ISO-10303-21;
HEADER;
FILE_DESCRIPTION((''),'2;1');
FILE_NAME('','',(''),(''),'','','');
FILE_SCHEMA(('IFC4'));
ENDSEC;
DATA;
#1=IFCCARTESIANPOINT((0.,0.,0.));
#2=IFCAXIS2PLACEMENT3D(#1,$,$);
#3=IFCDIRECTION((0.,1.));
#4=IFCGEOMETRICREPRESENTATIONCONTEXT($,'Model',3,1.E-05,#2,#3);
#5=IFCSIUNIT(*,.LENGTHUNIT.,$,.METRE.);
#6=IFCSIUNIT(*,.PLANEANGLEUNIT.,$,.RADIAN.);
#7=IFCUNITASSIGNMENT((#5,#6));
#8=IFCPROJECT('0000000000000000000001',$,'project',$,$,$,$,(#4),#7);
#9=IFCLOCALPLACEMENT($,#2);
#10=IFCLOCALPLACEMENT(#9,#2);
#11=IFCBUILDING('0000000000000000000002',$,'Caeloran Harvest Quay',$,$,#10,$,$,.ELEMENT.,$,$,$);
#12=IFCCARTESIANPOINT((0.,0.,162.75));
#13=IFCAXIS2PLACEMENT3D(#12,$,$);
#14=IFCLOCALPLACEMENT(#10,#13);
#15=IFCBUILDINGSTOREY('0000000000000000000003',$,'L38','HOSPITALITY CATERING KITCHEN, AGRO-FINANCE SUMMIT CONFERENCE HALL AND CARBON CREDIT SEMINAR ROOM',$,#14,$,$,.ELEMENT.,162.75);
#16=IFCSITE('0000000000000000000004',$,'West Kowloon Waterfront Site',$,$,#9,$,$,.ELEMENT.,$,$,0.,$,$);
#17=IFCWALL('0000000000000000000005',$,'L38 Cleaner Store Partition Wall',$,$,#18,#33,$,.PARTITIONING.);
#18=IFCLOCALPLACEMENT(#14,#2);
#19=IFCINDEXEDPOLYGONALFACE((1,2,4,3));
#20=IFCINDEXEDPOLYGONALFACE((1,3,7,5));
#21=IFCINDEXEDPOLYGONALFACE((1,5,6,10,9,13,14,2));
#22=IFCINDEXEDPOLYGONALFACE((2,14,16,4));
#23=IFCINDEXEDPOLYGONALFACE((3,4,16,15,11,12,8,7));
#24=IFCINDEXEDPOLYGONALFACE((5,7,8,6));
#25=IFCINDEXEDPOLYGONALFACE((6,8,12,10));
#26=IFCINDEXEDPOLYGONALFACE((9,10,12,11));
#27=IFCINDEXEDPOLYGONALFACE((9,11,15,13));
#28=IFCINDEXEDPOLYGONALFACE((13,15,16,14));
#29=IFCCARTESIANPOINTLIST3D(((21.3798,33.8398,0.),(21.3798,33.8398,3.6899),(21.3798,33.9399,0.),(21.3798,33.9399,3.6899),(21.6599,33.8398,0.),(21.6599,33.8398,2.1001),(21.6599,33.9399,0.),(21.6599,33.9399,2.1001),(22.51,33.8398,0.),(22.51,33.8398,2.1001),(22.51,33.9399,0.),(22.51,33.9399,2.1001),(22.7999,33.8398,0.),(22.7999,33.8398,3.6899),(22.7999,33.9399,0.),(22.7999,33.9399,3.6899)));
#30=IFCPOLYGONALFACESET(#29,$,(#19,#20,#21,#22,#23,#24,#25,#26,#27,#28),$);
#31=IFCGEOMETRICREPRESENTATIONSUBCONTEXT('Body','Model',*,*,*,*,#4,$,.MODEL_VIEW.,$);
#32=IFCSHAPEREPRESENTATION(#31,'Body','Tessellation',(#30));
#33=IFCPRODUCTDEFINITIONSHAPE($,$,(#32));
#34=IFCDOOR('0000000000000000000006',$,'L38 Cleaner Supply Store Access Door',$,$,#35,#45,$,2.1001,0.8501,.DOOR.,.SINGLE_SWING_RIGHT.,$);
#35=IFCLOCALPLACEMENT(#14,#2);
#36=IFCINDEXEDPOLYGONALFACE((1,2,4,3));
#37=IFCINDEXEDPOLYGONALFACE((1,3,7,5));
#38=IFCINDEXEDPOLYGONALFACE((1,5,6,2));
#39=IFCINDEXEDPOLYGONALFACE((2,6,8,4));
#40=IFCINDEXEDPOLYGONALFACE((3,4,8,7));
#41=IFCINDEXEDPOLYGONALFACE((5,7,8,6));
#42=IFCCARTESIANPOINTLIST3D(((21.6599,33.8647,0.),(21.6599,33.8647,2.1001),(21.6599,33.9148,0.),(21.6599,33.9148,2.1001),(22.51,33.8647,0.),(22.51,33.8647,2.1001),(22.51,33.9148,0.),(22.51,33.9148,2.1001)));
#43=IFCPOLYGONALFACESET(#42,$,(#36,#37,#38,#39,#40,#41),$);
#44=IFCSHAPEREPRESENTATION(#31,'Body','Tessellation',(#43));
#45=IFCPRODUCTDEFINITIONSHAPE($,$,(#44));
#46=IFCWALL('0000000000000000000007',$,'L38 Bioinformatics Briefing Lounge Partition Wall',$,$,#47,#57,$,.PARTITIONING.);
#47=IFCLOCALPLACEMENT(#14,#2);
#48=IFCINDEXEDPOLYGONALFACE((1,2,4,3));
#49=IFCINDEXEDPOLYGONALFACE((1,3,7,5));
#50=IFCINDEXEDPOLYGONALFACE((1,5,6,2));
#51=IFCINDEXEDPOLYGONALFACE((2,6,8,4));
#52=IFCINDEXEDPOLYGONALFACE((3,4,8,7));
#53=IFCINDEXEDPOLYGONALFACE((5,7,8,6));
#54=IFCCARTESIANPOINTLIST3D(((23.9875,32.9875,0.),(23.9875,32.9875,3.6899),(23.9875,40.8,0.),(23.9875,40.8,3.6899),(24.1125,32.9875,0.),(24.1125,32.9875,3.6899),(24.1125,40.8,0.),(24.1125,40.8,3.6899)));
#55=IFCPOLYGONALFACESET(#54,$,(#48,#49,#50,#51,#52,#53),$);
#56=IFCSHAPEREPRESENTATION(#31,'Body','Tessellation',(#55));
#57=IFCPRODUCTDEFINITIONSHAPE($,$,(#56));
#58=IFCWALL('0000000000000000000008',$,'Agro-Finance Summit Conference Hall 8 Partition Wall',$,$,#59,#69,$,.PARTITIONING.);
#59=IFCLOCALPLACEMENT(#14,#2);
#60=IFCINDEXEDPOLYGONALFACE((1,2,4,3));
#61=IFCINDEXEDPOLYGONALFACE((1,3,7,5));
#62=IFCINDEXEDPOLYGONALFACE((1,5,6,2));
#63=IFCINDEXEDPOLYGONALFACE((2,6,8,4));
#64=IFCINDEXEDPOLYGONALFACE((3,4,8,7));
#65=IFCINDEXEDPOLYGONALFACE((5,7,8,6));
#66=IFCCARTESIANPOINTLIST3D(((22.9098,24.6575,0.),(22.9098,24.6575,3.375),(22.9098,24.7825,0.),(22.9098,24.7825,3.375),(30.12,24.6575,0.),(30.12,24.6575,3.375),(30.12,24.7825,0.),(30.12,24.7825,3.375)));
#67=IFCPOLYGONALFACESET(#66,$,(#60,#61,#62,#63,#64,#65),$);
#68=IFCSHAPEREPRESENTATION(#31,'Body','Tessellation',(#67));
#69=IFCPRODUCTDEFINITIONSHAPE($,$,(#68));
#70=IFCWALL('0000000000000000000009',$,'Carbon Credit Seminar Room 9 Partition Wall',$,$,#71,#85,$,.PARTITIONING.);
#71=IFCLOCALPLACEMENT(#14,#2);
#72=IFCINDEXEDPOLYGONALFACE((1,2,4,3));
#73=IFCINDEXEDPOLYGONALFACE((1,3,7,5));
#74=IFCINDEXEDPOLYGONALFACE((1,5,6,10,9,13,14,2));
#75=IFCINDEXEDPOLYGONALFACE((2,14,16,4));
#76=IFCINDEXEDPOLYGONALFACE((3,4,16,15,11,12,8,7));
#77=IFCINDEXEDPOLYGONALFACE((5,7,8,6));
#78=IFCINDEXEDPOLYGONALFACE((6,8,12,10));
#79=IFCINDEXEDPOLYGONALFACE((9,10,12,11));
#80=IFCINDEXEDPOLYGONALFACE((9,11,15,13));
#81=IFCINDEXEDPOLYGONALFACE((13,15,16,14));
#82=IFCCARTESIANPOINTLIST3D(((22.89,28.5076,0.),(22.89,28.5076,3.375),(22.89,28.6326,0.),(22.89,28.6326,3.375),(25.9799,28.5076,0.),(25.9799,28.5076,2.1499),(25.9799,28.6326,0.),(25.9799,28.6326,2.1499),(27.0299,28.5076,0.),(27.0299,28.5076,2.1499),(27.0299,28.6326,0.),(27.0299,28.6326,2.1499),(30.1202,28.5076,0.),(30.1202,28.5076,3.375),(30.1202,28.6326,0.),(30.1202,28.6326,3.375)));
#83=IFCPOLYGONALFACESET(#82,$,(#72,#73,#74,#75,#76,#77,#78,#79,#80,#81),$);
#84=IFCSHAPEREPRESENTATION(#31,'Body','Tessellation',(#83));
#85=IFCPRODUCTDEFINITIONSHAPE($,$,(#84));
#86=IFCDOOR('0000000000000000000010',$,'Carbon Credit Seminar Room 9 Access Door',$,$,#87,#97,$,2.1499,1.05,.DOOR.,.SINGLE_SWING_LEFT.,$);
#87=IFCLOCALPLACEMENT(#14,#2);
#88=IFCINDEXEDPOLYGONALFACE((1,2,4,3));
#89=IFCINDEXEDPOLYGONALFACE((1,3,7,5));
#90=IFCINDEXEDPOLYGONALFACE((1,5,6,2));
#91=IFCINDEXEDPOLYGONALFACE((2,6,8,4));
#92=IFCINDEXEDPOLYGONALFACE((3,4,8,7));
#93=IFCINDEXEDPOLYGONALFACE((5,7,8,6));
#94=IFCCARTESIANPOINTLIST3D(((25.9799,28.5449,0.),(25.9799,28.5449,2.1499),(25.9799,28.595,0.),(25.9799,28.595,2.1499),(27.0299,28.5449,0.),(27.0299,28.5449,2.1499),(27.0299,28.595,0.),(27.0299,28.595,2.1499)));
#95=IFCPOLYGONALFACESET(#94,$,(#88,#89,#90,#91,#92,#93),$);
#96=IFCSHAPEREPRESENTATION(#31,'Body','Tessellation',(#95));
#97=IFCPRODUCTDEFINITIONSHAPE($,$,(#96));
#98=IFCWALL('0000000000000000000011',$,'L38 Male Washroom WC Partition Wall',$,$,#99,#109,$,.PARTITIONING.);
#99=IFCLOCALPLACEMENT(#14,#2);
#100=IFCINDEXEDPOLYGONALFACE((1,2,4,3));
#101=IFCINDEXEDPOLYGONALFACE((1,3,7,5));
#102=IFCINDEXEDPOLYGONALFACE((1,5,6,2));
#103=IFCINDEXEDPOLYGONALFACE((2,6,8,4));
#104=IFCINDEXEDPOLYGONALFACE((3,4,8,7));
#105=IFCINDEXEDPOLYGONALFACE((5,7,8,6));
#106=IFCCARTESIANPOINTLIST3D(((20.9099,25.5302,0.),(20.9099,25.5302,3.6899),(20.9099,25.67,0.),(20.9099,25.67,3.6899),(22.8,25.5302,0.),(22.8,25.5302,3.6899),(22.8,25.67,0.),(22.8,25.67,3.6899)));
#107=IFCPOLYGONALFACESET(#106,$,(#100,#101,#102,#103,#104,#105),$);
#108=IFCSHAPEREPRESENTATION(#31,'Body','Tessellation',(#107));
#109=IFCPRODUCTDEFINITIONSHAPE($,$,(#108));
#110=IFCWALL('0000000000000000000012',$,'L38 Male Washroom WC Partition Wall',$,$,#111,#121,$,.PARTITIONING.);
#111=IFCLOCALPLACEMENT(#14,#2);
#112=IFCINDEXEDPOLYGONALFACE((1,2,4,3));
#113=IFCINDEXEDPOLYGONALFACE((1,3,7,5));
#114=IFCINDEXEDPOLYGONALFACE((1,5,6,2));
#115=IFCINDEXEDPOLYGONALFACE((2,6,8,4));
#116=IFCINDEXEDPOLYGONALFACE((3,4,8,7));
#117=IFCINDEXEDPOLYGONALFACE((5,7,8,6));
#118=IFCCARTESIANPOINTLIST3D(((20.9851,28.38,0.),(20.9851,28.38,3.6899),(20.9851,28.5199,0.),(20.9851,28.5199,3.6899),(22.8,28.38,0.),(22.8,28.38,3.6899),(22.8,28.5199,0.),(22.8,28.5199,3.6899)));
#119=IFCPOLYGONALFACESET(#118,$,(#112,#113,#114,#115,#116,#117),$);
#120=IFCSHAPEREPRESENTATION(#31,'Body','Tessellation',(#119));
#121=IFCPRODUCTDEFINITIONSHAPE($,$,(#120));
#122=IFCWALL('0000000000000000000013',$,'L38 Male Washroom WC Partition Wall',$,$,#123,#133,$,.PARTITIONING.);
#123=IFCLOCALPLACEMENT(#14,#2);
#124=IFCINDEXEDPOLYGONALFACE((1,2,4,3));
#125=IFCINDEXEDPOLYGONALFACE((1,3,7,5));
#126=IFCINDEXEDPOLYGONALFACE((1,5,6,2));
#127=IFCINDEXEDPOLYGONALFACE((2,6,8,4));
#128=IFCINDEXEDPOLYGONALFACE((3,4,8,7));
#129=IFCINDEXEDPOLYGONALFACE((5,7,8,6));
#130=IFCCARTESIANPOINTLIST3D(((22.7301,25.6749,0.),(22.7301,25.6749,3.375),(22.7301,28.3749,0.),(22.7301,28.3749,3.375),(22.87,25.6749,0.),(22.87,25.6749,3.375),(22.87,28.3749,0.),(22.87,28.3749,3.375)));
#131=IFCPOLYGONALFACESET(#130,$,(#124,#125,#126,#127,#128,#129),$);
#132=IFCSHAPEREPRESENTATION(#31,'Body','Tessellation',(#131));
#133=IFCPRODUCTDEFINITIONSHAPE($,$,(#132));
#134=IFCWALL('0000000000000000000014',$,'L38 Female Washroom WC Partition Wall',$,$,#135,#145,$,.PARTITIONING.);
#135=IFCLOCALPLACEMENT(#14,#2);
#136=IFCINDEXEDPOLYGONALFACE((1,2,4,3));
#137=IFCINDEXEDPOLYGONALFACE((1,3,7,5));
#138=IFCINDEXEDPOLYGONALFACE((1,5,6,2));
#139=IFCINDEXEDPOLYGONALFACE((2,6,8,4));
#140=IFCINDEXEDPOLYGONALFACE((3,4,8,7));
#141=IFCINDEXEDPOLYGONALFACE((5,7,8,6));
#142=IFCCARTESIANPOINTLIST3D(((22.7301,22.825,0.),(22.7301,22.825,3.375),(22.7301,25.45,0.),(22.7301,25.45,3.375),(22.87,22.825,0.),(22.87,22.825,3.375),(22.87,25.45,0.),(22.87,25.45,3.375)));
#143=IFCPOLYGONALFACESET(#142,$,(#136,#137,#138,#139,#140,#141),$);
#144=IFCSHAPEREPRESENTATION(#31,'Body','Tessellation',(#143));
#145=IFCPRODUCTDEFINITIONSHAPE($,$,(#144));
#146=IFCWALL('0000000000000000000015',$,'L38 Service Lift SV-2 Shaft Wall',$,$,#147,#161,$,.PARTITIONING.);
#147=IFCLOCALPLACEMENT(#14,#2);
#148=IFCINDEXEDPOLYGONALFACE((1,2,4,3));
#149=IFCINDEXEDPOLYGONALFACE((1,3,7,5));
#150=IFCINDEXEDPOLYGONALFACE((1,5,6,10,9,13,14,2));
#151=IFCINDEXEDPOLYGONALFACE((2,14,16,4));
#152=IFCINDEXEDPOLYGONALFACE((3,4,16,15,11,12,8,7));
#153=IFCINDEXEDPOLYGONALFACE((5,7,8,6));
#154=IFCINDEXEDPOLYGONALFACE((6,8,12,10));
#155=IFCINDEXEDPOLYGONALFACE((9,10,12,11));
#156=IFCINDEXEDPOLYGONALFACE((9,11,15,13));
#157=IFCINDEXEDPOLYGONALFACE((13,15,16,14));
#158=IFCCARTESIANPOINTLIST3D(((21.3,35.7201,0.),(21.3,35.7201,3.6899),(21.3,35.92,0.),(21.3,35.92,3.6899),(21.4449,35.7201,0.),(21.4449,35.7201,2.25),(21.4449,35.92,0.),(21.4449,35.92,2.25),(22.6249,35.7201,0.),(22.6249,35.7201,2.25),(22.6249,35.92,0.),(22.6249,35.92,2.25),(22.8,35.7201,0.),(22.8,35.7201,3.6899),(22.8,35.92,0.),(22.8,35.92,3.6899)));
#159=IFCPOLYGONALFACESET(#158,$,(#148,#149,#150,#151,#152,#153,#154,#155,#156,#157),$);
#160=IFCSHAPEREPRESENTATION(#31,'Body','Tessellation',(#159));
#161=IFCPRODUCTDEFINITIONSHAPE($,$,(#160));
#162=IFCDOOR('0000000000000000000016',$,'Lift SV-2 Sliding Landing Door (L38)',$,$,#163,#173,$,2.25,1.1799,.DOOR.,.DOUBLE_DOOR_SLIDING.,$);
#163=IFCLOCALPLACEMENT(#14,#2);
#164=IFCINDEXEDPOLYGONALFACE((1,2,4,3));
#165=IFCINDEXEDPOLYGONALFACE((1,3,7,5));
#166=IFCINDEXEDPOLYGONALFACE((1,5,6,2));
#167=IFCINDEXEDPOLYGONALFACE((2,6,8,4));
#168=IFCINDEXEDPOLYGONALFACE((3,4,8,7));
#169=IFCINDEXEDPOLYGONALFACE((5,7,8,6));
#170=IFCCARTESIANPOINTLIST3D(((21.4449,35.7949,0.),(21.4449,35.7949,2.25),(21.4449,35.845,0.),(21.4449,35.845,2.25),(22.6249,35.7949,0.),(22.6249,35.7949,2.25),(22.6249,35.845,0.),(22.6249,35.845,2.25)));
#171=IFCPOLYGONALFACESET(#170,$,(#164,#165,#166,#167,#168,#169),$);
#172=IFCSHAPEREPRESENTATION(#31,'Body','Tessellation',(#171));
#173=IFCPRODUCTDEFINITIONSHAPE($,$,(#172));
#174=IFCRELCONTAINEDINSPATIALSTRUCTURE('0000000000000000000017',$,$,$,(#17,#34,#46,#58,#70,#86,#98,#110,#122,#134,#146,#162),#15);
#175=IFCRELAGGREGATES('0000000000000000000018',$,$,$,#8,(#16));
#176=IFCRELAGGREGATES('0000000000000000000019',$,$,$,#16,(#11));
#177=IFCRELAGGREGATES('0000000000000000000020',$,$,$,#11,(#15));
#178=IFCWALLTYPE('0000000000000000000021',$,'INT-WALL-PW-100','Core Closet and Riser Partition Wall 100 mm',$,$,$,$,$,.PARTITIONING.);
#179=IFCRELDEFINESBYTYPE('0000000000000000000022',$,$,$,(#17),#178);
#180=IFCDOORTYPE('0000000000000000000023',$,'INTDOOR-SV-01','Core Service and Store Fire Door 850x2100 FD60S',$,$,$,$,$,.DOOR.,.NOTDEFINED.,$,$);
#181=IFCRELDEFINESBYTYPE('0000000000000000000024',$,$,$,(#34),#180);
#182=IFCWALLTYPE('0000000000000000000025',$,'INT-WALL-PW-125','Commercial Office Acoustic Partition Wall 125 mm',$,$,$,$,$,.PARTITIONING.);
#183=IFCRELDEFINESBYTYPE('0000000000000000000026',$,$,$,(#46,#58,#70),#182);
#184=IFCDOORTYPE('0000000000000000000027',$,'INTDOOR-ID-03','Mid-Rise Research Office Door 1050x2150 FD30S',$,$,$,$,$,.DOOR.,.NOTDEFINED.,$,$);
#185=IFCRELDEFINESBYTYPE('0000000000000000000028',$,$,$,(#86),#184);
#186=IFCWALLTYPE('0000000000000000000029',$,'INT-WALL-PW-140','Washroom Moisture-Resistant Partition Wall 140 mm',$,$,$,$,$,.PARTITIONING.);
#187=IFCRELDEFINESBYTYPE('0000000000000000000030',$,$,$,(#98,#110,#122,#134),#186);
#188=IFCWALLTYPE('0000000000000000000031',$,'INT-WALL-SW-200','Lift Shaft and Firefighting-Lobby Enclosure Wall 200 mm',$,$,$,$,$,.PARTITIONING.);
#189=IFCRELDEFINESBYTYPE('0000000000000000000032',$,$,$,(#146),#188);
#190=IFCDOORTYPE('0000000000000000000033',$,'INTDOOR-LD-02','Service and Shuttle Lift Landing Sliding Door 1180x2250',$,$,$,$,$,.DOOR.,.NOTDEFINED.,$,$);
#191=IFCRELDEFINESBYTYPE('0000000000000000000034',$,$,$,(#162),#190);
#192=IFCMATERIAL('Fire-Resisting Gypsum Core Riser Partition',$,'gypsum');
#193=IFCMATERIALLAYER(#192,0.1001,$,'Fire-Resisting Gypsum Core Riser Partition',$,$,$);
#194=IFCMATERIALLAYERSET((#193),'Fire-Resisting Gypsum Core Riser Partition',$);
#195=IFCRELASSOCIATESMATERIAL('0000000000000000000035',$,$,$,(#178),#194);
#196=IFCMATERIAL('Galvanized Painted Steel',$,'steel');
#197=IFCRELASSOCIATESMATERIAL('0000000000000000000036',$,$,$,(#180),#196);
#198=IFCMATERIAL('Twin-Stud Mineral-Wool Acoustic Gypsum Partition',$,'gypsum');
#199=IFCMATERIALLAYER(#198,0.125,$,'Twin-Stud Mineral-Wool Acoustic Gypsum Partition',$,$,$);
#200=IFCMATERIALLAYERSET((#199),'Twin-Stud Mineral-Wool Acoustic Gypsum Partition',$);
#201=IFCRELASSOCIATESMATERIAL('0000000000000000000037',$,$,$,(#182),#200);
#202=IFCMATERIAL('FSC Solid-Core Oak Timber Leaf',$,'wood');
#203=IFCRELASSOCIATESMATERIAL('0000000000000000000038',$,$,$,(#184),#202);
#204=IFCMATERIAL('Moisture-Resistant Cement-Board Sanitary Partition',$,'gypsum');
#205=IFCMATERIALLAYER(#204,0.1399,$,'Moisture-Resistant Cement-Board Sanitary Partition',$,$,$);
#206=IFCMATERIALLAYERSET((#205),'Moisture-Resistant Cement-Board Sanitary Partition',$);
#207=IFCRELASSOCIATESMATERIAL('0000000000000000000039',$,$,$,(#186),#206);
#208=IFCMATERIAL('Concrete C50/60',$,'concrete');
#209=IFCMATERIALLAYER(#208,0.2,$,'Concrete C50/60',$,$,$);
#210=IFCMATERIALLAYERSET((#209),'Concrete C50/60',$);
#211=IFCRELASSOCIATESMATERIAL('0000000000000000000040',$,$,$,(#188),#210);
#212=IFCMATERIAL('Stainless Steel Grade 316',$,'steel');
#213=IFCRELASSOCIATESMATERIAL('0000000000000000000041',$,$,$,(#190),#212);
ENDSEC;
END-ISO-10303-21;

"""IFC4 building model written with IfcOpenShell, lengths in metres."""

from ifc_helpers import new_model, si_unit, direction, frame, frame_2d, origin, place, context, subcontext, project, spatial, rectangle, extrude, material, layer, layer_set, type_object, element, fill, save


model = new_model("IFC4")

# Units and contexts
model_context = context("Model", 3, precision=1e-05, world=origin(), true_north=direction((0.0, 1.0)))
body_context = subcontext(model_context, "Body", "Model", "MODEL_VIEW")
ifc_project = project(units=[si_unit("LENGTHUNIT", "METRE"), si_unit("PLANEANGLEUNIT", "RADIAN")], contexts=[model_context])

# Site, building, storey
site_placement = place(None, origin())
site = spatial("IfcSite", under=ifc_project, at=site_placement, Name="West Kowloon Waterfront Site", CompositionType="ELEMENT", RefElevation=0.0)
building_placement = place(site_placement, origin())
building = spatial("IfcBuilding", under=site, at=building_placement, Name="Caeloran Harvest Quay", CompositionType="ELEMENT")
storey_placement = place(building_placement, frame((0.0, 0.0, 162.75)))
storey = spatial("IfcBuildingStorey", under=building, at=storey_placement, Name="L38", Description="HOSPITALITY CATERING KITCHEN, AGRO-FINANCE SUMMIT CONFERENCE HALL AND CARBON CREDIT SEMINAR ROOM", CompositionType="ELEMENT", Elevation=162.75)

# Wall, opening, door
ifc_material_1 = material(Name="Fire-Resisting Gypsum Core Riser Partition", Category="gypsum")
ifc_layer_1 = layer(ifc_material_1, 0.1001, Name="Fire-Resisting Gypsum Core Riser Partition")
ifc_layer_set_1 = layer_set([ifc_layer_1], Name="Fire-Resisting Gypsum Core Riser Partition")
wall_type_1 = type_object("IfcWallType", Name="INT-WALL-PW-100", Description="Core Closet and Riser Partition Wall 100 mm", PredefinedType="PARTITIONING", material=ifc_layer_set_1)
wall_1_placement = place(storey_placement, frame((21.3799, 33.8899, 0.0), z_axis=(0.0, 0.0, 1.0), x_axis=(1.0, 0.0, 0.0)))
wall_1 = element("IfcWall", 1, at=wall_1_placement, inside=storey, type_object=wall_type_1, Name="L38 Cleaner Store Partition Wall", PredefinedType="PARTITIONING", context=body_context, shape_type="SweptSolid", body=[
    extrude(rectangle(XDim=1.4202, YDim=0.1001, at=frame_2d((0.71, 0.0))), origin(), (0.0, 0.0, 1.0), 3.6899),
])
opening_1_placement = place(wall_1_placement, frame((0.28, 0.0, 0.0)))
opening_1 = element("IfcOpeningElement", 2, at=opening_1_placement, cuts=wall_1, PredefinedType="OPENING", context=body_context, shape_type="SweptSolid", body=[
    extrude(rectangle(XDim=0.8501, YDim=2.1001, at=frame_2d((0.425, 1.05))), frame((0.0, 0.0601, 0.0), z_axis=(0.0, -1.0, 0.0), x_axis=(1.0, 0.0, 0.0)), (0.0, 0.0, 1.0), 0.1201),
])
ifc_material_2 = material(Name="Galvanized Painted Steel", Category="steel")
door_type_1 = type_object("IfcDoorType", Name="INTDOOR-SV-01", Description="Core Service and Store Fire Door 850x2100 FD60S", OperationType="NOTDEFINED", PredefinedType="DOOR", material=ifc_material_2)
door_1_placement = place(opening_1_placement, origin())
door_1 = element("IfcDoor", 3, at=door_1_placement, inside=storey, type_object=door_type_1, Name="L38 Cleaner Supply Store Access Door", OperationType="SINGLE_SWING_RIGHT", OverallHeight=2.1001, OverallWidth=0.8501, PredefinedType="DOOR", context=body_context, shape_type="SweptSolid", body=[
    extrude(rectangle(XDim=0.8501, YDim=2.1001, at=frame_2d((0.425, 1.05))), frame((0.0, 0.0249, 0.0), z_axis=(0.0, -1.0, 0.0), x_axis=(1.0, 0.0, 0.0)), (0.0, 0.0, 1.0), 0.05),
])
fill(opening_1, door_1)

# Walls
ifc_material_3 = material(Name="Twin-Stud Mineral-Wool Acoustic Gypsum Partition", Category="gypsum")
ifc_layer_2 = layer(ifc_material_3, 0.125, Name="Twin-Stud Mineral-Wool Acoustic Gypsum Partition")
ifc_layer_set_2 = layer_set([ifc_layer_2], Name="Twin-Stud Mineral-Wool Acoustic Gypsum Partition")
wall_type_2 = type_object("IfcWallType", Name="INT-WALL-PW-125", Description="Commercial Office Acoustic Partition Wall 125 mm", PredefinedType="PARTITIONING", material=ifc_layer_set_2)
wall_2_placement = place(storey_placement, frame((24.05, 32.9875, 0.0), z_axis=(0.0, 0.0, 1.0), x_axis=(0.0, 1.0, 0.0)))
element("IfcWall", 4, at=wall_2_placement, inside=storey, type_object=wall_type_2, Name="L38 Bioinformatics Briefing Lounge Partition Wall", PredefinedType="PARTITIONING", context=body_context, shape_type="SweptSolid", body=[
    extrude(rectangle(XDim=7.8125, YDim=0.125, at=frame_2d((3.9062, 0.0))), origin(), (0.0, 0.0, 1.0), 3.6899),
])
wall_3_placement = place(storey_placement, frame((22.9099, 24.72, 0.0), z_axis=(0.0, 0.0, 1.0), x_axis=(1.0, 0.0, 0.0)))
element("IfcWall", 5, at=wall_3_placement, inside=storey, type_object=wall_type_2, Name="Agro-Finance Summit Conference Hall 8 Partition Wall", PredefinedType="PARTITIONING", context=body_context, shape_type="SweptSolid", body=[
    extrude(rectangle(XDim=7.2102, YDim=0.125, at=frame_2d((3.605, 0.0))), origin(), (0.0, 0.0, 1.0), 3.375),
])

# Wall, opening, door
wall_4_placement = place(storey_placement, frame((22.8899, 28.5701, 0.0), z_axis=(0.0, 0.0, 1.0), x_axis=(1.0, 0.0, 0.0)))
wall_4 = element("IfcWall", 6, at=wall_4_placement, inside=storey, type_object=wall_type_2, Name="Carbon Credit Seminar Room 9 Partition Wall", PredefinedType="PARTITIONING", context=body_context, shape_type="SweptSolid", body=[
    extrude(rectangle(XDim=7.2302, YDim=0.125, at=frame_2d((3.6152, 0.0))), origin(), (0.0, 0.0, 1.0), 3.375),
])
opening_2_placement = place(wall_4_placement, frame((3.0901, 0.0, 0.0)))
opening_2 = element("IfcOpeningElement", 7, at=opening_2_placement, cuts=wall_4, PredefinedType="OPENING", context=body_context, shape_type="SweptSolid", body=[
    extrude(rectangle(XDim=1.05, YDim=2.1499, at=frame_2d((0.5249, 1.075))), frame((0.0, 0.0725, 0.0), z_axis=(0.0, -1.0, 0.0), x_axis=(1.0, 0.0, 0.0)), (0.0, 0.0, 1.0), 0.145),
])
ifc_material_4 = material(Name="FSC Solid-Core Oak Timber Leaf", Category="wood")
door_type_2 = type_object("IfcDoorType", Name="INTDOOR-ID-03", Description="Mid-Rise Research Office Door 1050x2150 FD30S", OperationType="NOTDEFINED", PredefinedType="DOOR", material=ifc_material_4)
door_2_placement = place(opening_2_placement, origin())
door_2 = element("IfcDoor", 8, at=door_2_placement, inside=storey, type_object=door_type_2, Name="Carbon Credit Seminar Room 9 Access Door", OperationType="SINGLE_SWING_LEFT", OverallHeight=2.1499, OverallWidth=1.05, PredefinedType="DOOR", context=body_context, shape_type="SweptSolid", body=[
    extrude(rectangle(XDim=1.05, YDim=2.1499, at=frame_2d((0.5249, 1.075))), frame((0.0, 0.0249, 0.0), z_axis=(0.0, -1.0, 0.0), x_axis=(1.0, 0.0, 0.0)), (0.0, 0.0, 1.0), 0.05),
])
fill(opening_2, door_2)

# Wall
ifc_material_5 = material(Name="Moisture-Resistant Cement-Board Sanitary Partition", Category="gypsum")
ifc_layer_3 = layer(ifc_material_5, 0.1399, Name="Moisture-Resistant Cement-Board Sanitary Partition")
ifc_layer_set_3 = layer_set([ifc_layer_3], Name="Moisture-Resistant Cement-Board Sanitary Partition")
wall_type_3 = type_object("IfcWallType", Name="INT-WALL-PW-140", Description="Washroom Moisture-Resistant Partition Wall 140 mm", PredefinedType="PARTITIONING", material=ifc_layer_set_3)
wall_5_placement = place(storey_placement, frame((22.8, 25.6001, 0.0), z_axis=(0.0, 0.0, 1.0), x_axis=(-1.0, 0.0, 0.0)))
element("IfcWall", 9, at=wall_5_placement, inside=storey, type_object=wall_type_3, Name="L38 Male Washroom WC Partition Wall", PredefinedType="PARTITIONING", context=body_context, shape_type="SweptSolid", body=[
    extrude(rectangle(XDim=1.8901, YDim=0.1399, at=frame_2d((0.9451, 0.0))), origin(), (0.0, 0.0, 1.0), 3.6899),
])

# Walls
wall_6_placement = place(storey_placement, frame((20.9851, 28.45, 0.0), z_axis=(0.0, 0.0, 1.0), x_axis=(1.0, 0.0, 0.0)))
element("IfcWall", 10, at=wall_6_placement, inside=storey, type_object=wall_type_3, Name="L38 Male Washroom WC Partition Wall", PredefinedType="PARTITIONING", context=body_context, shape_type="SweptSolid", body=[
    extrude(rectangle(XDim=1.8149, YDim=0.1399, at=frame_2d((0.9075, 0.0))), origin(), (0.0, 0.0, 1.0), 3.6899),
])
wall_7_placement = place(storey_placement, frame((22.8, 28.375, 0.0), z_axis=(0.0, 0.0, 1.0), x_axis=(0.0, -1.0, 0.0)))
element("IfcWall", 11, at=wall_7_placement, inside=storey, type_object=wall_type_3, Name="L38 Male Washroom WC Partition Wall", PredefinedType="PARTITIONING", context=body_context, shape_type="SweptSolid", body=[
    extrude(rectangle(XDim=2.7, YDim=0.1399, at=frame_2d((1.3501, 0.0))), origin(), (0.0, 0.0, 1.0), 3.375),
])

# Wall
wall_8_placement = place(storey_placement, frame((22.8, 25.45, 0.0), z_axis=(0.0, 0.0, 1.0), x_axis=(0.0, -1.0, 0.0)))
element("IfcWall", 12, at=wall_8_placement, inside=storey, type_object=wall_type_3, Name="L38 Female Washroom WC Partition Wall", PredefinedType="PARTITIONING", context=body_context, shape_type="SweptSolid", body=[
    extrude(rectangle(XDim=2.625, YDim=0.1399, at=frame_2d((1.3125, 0.0))), origin(), (0.0, 0.0, 1.0), 3.375),
])

# Wall, opening, door
ifc_material_6 = material(Name="Concrete C50/60", Category="concrete")
ifc_layer_4 = layer(ifc_material_6, 0.2, Name="Concrete C50/60")
ifc_layer_set_4 = layer_set([ifc_layer_4], Name="Concrete C50/60")
wall_type_4 = type_object("IfcWallType", Name="INT-WALL-SW-200", Description="Lift Shaft and Firefighting-Lobby Enclosure Wall 200 mm", PredefinedType="PARTITIONING", material=ifc_layer_set_4)
wall_9_placement = place(storey_placement, frame((21.3, 35.8201, 0.0), z_axis=(0.0, 0.0, 1.0), x_axis=(1.0, 0.0, 0.0)))
wall_9 = element("IfcWall", 13, at=wall_9_placement, inside=storey, type_object=wall_type_4, Name="L38 Service Lift SV-2 Shaft Wall", PredefinedType="PARTITIONING", context=body_context, shape_type="SweptSolid", body=[
    extrude(rectangle(XDim=1.5, YDim=0.2, at=frame_2d((0.75, 0.0))), origin(), (0.0, 0.0, 1.0), 3.6899),
])
opening_3_placement = place(wall_9_placement, frame((0.145, 0.0, 0.0)))
opening_3 = element("IfcOpeningElement", 14, at=opening_3_placement, cuts=wall_9, PredefinedType="OPENING", context=body_context, shape_type="SweptSolid", body=[
    extrude(rectangle(XDim=1.1799, YDim=2.25, at=frame_2d((0.5898, 1.125))), frame((0.0, 0.1099, 0.0), z_axis=(0.0, -1.0, 0.0), x_axis=(1.0, 0.0, 0.0)), (0.0, 0.0, 1.0), 0.22),
])
ifc_material_7 = material(Name="Stainless Steel Grade 316", Category="steel")
door_type_3 = type_object("IfcDoorType", Name="INTDOOR-LD-02", Description="Service and Shuttle Lift Landing Sliding Door 1180x2250", OperationType="NOTDEFINED", PredefinedType="DOOR", material=ifc_material_7)
door_3_placement = place(opening_3_placement, origin())
door_3 = element("IfcDoor", 15, at=door_3_placement, inside=storey, type_object=door_type_3, Name="Lift SV-2 Sliding Landing Door (L38)", OperationType="DOUBLE_DOOR_SLIDING", OverallHeight=2.25, OverallWidth=1.1799, PredefinedType="DOOR", context=body_context, shape_type="SweptSolid", body=[
    extrude(rectangle(XDim=1.1799, YDim=2.25, at=frame_2d((0.5898, 1.125))), frame((0.0, 0.0249, 0.0), z_axis=(0.0, -1.0, 0.0), x_axis=(1.0, 0.0, 0.0)), (0.0, 0.0, 1.0), 0.05),
])
fill(opening_3, door_3)

save(model, "model.ifc")
